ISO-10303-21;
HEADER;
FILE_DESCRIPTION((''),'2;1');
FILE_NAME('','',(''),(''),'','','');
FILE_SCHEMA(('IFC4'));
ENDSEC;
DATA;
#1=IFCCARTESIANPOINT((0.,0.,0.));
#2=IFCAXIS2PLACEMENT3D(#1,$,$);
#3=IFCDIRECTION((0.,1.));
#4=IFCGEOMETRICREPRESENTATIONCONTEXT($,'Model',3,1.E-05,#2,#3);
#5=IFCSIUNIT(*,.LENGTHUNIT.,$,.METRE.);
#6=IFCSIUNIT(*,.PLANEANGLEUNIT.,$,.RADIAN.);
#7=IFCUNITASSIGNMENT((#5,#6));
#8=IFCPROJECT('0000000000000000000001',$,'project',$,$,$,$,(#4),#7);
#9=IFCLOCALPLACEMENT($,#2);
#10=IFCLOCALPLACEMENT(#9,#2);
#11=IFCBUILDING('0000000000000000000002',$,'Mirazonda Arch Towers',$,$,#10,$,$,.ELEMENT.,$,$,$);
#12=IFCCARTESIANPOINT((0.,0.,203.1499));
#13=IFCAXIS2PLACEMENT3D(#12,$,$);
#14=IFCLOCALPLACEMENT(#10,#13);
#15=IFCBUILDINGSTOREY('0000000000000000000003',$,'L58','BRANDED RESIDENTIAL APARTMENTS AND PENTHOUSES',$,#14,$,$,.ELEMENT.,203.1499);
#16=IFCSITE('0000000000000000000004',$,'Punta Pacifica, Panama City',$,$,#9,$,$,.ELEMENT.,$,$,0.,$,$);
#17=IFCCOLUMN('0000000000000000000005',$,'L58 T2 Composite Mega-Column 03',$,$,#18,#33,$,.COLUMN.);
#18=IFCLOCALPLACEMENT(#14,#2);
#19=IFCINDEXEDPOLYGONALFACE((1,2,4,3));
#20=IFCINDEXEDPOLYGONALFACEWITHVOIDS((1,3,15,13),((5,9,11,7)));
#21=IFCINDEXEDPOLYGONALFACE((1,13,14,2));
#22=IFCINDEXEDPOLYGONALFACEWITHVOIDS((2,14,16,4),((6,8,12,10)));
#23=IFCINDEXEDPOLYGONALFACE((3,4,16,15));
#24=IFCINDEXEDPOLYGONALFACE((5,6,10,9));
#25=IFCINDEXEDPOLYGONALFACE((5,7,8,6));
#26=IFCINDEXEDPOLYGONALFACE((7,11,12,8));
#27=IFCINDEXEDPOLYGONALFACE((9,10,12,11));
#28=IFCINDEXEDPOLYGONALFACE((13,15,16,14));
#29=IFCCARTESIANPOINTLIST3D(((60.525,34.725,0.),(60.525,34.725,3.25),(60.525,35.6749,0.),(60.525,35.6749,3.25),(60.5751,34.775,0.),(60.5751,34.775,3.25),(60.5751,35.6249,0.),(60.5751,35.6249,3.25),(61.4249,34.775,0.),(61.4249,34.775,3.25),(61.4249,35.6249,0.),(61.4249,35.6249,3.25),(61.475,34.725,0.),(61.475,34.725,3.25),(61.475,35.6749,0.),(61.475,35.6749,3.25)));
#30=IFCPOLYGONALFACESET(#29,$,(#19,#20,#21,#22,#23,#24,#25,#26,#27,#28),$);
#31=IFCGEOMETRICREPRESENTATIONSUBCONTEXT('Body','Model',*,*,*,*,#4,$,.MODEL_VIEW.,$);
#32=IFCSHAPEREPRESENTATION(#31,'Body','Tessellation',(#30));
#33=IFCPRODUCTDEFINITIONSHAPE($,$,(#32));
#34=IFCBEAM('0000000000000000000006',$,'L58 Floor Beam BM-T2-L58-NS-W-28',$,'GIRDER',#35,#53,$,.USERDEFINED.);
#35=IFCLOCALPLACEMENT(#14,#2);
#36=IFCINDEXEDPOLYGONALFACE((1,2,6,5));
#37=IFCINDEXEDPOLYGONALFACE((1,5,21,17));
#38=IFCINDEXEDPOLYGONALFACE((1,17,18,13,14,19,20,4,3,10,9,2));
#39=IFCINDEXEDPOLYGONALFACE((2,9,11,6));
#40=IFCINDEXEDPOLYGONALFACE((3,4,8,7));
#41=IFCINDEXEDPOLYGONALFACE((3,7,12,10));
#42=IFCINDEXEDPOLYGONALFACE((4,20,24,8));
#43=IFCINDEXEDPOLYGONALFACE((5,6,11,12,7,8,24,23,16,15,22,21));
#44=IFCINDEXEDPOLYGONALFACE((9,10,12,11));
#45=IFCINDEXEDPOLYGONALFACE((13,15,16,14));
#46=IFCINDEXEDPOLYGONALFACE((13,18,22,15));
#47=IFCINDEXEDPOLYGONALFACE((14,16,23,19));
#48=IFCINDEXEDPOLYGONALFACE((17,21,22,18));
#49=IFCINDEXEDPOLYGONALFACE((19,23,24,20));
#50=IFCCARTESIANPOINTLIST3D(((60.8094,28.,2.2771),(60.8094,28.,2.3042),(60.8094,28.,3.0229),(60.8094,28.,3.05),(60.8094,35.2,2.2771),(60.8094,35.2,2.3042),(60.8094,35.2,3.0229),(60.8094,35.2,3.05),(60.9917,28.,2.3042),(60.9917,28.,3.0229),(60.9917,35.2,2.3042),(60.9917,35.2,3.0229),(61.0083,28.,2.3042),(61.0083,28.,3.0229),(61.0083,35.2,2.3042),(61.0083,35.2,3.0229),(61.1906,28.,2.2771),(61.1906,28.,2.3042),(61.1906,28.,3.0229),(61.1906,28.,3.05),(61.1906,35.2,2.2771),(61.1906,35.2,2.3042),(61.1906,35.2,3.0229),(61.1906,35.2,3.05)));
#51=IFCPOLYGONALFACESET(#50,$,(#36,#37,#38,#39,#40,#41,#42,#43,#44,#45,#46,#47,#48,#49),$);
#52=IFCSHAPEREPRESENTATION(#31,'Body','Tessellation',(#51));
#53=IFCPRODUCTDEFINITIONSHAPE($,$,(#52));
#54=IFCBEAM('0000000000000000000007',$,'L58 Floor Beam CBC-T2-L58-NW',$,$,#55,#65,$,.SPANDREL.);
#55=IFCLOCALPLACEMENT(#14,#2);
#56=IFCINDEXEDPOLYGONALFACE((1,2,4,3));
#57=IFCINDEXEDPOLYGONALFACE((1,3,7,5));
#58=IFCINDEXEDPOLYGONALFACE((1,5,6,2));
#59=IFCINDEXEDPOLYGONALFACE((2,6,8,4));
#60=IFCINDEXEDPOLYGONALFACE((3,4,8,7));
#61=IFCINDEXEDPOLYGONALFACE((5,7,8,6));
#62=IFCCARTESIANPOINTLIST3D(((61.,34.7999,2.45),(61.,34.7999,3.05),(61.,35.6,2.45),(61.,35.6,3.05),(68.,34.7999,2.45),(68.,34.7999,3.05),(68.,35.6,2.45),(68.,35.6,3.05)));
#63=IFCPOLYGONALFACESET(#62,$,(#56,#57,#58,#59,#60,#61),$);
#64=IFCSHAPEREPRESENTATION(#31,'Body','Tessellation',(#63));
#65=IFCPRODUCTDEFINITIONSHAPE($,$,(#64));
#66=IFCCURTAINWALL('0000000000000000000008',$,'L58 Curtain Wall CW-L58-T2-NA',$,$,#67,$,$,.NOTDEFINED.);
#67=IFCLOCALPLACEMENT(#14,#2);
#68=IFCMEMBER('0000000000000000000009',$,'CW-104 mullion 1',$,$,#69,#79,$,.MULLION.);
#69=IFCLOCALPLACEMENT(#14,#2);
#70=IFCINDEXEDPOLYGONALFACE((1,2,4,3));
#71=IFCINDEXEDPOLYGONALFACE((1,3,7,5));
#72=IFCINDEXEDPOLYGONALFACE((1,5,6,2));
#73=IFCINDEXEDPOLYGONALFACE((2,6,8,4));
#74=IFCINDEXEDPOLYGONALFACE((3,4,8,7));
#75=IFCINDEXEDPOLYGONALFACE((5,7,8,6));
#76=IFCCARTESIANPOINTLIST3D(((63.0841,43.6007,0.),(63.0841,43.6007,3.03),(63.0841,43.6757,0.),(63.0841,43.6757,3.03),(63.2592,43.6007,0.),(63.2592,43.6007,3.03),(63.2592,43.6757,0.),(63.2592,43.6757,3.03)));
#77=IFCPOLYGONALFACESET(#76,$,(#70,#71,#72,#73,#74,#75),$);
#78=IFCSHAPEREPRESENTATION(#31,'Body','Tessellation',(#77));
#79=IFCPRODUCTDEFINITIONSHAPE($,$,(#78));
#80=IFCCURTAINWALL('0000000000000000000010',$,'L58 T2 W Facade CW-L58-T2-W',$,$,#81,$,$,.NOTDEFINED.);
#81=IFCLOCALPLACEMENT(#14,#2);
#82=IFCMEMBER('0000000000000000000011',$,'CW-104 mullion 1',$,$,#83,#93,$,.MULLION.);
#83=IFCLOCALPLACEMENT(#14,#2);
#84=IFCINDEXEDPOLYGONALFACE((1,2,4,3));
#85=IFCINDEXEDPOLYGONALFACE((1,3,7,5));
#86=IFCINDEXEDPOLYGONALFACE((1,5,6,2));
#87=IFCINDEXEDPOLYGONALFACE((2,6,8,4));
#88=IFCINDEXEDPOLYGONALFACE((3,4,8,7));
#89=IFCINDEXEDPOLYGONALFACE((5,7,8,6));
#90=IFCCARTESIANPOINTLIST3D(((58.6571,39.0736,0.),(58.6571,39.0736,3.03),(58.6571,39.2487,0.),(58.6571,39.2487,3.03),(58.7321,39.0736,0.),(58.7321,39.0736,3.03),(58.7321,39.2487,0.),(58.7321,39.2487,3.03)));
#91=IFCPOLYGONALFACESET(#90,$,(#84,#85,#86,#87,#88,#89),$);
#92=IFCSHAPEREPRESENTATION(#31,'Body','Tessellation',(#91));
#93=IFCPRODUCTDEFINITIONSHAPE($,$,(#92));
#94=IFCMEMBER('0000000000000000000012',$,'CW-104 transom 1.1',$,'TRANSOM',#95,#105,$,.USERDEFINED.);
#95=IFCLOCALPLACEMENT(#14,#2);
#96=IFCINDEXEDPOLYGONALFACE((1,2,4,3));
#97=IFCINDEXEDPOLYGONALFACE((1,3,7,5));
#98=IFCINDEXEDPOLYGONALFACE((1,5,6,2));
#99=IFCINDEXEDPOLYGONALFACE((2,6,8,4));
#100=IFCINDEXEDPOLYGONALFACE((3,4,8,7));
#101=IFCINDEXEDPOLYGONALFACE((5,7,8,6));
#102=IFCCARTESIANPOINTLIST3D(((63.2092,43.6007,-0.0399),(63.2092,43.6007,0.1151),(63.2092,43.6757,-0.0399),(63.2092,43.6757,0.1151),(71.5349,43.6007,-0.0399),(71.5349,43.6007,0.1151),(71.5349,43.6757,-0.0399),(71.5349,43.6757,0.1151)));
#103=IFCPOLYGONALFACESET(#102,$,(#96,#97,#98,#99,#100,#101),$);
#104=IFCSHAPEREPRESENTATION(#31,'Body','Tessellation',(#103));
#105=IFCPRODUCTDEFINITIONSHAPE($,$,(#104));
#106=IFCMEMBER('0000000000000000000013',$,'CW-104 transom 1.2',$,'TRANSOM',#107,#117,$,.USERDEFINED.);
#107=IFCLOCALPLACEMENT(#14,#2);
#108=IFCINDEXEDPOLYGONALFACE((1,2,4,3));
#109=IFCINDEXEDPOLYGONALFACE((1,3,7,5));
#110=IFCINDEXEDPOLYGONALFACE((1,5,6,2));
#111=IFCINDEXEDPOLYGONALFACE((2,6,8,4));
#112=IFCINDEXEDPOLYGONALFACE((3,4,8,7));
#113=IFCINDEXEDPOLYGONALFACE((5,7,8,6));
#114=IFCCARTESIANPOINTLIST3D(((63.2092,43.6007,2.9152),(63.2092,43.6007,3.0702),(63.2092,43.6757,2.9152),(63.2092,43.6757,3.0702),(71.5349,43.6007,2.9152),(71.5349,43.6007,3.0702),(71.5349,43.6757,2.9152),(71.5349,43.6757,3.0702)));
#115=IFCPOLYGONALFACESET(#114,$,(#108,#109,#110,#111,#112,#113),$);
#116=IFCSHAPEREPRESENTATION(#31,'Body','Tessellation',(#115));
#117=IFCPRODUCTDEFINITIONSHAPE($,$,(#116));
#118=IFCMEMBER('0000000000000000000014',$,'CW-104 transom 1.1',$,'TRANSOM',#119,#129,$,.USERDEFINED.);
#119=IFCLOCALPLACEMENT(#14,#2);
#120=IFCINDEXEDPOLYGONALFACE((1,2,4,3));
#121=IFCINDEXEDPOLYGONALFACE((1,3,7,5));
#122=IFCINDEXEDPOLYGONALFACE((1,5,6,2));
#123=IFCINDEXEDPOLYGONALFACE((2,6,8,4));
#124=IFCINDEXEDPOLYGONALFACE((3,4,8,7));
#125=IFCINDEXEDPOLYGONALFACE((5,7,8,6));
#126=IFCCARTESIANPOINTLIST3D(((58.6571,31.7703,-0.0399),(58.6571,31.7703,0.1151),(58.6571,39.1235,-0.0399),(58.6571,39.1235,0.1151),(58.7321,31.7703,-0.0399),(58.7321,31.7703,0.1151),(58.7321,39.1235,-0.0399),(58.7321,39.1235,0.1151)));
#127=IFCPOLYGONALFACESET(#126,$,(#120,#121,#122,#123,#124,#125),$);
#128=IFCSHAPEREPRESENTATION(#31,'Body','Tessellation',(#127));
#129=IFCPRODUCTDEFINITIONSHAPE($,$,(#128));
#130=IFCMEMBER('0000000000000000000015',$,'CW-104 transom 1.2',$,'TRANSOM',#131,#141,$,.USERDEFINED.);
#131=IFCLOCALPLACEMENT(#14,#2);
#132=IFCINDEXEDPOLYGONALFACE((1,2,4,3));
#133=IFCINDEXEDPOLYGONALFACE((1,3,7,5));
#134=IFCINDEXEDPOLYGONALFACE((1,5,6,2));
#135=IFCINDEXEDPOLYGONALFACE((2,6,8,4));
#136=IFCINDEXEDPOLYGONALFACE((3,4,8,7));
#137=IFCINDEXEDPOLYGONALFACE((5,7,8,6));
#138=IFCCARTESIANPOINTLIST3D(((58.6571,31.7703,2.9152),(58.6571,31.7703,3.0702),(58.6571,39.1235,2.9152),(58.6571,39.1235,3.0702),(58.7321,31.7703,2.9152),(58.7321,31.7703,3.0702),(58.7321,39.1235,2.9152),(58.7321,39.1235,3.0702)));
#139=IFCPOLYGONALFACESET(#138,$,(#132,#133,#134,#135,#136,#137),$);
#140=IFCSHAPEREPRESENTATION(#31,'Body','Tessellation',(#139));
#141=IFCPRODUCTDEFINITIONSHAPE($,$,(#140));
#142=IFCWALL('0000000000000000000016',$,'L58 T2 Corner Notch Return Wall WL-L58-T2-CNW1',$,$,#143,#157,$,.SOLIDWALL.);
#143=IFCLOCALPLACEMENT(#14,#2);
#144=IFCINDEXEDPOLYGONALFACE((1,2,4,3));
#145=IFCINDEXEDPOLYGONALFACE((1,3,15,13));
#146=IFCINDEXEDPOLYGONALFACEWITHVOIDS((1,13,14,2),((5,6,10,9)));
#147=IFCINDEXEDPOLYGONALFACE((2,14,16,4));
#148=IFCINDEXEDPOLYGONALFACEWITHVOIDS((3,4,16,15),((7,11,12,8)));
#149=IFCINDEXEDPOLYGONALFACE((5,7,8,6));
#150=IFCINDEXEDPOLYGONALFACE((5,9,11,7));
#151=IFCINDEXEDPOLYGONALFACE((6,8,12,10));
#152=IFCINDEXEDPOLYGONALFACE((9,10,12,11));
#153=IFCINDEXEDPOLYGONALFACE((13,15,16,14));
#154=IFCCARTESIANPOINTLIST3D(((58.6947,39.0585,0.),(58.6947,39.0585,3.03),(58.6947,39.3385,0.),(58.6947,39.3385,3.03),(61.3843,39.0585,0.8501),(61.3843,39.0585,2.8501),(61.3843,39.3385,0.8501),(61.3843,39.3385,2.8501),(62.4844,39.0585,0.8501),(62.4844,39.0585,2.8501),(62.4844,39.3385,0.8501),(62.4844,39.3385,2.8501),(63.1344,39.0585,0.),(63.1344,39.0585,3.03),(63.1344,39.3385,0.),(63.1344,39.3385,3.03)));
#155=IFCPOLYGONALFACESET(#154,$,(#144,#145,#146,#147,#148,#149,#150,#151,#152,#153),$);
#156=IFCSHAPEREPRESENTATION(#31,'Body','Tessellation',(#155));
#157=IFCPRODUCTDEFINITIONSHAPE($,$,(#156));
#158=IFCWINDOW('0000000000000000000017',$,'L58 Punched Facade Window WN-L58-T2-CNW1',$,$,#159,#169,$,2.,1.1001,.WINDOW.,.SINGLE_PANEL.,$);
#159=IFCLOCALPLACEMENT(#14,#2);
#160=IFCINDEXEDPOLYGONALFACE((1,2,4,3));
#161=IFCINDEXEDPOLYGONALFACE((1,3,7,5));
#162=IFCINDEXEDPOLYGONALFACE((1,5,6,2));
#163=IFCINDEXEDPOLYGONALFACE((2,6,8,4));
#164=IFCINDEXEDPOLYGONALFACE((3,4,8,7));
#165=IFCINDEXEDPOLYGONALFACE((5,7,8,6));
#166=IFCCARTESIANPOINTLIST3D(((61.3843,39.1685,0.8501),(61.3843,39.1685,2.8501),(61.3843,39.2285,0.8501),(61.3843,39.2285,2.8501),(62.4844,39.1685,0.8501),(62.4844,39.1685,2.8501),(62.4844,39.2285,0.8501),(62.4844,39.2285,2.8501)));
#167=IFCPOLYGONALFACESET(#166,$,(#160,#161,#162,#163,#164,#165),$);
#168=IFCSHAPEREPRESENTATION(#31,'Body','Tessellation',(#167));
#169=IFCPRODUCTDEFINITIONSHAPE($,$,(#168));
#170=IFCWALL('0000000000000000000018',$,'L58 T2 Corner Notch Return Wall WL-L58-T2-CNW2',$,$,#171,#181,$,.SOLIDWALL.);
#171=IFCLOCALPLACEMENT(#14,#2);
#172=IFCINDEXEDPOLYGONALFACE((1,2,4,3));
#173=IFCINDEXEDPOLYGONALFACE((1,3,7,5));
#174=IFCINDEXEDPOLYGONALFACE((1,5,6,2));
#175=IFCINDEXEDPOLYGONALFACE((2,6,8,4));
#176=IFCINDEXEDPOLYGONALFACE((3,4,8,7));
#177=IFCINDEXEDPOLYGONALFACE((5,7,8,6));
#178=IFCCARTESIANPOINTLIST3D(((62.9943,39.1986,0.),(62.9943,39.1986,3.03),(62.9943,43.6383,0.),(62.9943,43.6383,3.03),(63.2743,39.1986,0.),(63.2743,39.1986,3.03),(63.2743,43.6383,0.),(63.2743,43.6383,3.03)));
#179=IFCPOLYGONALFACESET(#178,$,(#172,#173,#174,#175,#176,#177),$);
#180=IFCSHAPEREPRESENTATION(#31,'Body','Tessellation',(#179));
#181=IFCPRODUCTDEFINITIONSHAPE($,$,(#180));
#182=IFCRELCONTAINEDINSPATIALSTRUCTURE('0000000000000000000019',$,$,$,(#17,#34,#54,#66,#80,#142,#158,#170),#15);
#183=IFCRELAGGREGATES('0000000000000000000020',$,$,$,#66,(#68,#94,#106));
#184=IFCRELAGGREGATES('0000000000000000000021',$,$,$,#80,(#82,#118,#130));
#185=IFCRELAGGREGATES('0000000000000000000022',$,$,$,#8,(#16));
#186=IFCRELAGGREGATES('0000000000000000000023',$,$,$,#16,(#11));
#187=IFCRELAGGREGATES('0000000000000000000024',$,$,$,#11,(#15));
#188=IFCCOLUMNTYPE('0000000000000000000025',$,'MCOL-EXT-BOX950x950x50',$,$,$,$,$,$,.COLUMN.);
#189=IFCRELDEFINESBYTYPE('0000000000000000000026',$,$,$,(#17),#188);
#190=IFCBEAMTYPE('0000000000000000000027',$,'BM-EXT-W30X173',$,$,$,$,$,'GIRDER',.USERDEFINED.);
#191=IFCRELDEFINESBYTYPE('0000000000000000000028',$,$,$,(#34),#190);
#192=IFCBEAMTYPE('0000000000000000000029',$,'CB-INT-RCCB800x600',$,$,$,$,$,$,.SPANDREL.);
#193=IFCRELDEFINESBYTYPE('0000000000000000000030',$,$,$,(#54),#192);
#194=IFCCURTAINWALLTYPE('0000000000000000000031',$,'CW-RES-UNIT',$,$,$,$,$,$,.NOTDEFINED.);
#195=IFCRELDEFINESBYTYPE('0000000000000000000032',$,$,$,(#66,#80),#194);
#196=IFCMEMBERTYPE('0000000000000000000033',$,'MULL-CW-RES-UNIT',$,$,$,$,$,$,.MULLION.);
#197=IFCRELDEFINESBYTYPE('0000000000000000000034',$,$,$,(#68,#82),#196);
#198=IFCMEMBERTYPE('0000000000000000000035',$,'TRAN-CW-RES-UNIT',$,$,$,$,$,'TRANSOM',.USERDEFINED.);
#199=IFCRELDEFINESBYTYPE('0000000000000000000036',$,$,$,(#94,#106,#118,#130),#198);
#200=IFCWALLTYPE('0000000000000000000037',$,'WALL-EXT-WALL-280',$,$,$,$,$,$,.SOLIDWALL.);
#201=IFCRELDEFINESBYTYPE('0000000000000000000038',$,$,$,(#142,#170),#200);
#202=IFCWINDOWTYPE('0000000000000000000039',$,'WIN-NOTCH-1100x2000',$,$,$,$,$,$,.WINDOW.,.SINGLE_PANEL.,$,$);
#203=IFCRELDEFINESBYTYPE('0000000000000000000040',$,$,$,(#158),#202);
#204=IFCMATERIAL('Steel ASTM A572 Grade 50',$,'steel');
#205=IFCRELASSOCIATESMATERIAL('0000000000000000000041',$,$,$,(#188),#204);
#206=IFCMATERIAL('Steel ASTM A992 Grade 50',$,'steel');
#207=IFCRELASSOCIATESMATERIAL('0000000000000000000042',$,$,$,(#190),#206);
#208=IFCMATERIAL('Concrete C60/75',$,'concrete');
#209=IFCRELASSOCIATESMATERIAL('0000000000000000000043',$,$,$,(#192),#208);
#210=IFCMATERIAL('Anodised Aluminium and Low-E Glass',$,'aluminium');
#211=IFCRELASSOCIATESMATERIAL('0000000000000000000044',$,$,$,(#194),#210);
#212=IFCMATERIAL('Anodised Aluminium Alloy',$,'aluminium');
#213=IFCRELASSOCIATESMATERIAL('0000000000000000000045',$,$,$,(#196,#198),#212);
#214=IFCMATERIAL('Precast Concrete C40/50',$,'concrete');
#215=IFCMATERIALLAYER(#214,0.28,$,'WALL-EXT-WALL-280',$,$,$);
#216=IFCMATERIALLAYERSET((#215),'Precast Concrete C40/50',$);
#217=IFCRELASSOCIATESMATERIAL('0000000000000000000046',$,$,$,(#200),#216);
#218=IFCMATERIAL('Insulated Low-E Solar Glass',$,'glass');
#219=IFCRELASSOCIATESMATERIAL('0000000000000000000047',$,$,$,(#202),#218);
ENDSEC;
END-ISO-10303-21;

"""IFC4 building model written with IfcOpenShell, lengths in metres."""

from ifc_helpers import new_model, si_unit, direction, frame, frame_2d, origin, origin_2d, place, context, subcontext, project, spatial, rectangle, hollow_rectangle, i_section, extrude, material, layer, layer_set, material_profile, profile_set, type_object, element, fill, aggregate, save


model = new_model("IFC4")

# Units and contexts
model_context = context("Model", 3, precision=1e-05, world=origin(), true_north=direction((0.0, 1.0)))
body_context = subcontext(model_context, "Body", "Model", "MODEL_VIEW")
ifc_project = project(units=[si_unit("LENGTHUNIT", "METRE"), si_unit("PLANEANGLEUNIT", "RADIAN")], contexts=[model_context])

# Site, building, storey
site_placement = place(None, origin())
site = spatial("IfcSite", under=ifc_project, at=site_placement, Name="Punta Pacifica, Panama City", CompositionType="ELEMENT", RefElevation=0.0)
building_placement = place(site_placement, origin())
building = spatial("IfcBuilding", under=site, at=building_placement, Name="Mirazonda Arch Towers", CompositionType="ELEMENT")
storey_placement = place(building_placement, frame((0.0, 0.0, 203.1499)))
storey = spatial("IfcBuildingStorey", under=building, at=storey_placement, Name="L58", Description="BRANDED RESIDENTIAL APARTMENTS AND PENTHOUSES", CompositionType="ELEMENT", Elevation=203.1499)

# Column
ifc_material_1 = material(Name="Steel ASTM A572 Grade 50", Category="steel")
ifc_material_profile_1 = material_profile(ifc_material_1, hollow_rectangle(XDim=0.95, YDim=0.95, WallThickness=0.05, at=origin_2d()), Name="BOX950x950x50")
ifc_profile_set_1 = profile_set([ifc_material_profile_1], Name="Steel ASTM A572 Grade 50")
column_type = type_object("IfcColumnType", Name="MCOL-EXT-BOX950x950x50", PredefinedType="COLUMN", material=ifc_profile_set_1)
column_placement = place(storey_placement, frame((61.0, 35.2, 0.0), z_axis=(0.0, 0.0, 1.0), x_axis=(1.0, 0.0, 0.0)))
element("IfcColumn", 1, at=column_placement, inside=storey, type_object=column_type, Name="L58 T2 Composite Mega-Column 03", PredefinedType="COLUMN", context=body_context, shape_type="SweptSolid", body=[
    extrude(hollow_rectangle(XDim=0.95, YDim=0.95, WallThickness=0.05, at=origin_2d()), origin(), (0.0, 0.0, 1.0), 3.25),
])

# Beams
ifc_material_2 = material(Name="Steel ASTM A992 Grade 50", Category="steel")
ifc_material_profile_2 = material_profile(ifc_material_2, i_section(OverallWidth=0.3811, OverallDepth=0.7729, WebThickness=0.0166, FlangeThickness=0.0271, at=origin_2d()), Name="W30X173")
ifc_profile_set_2 = profile_set([ifc_material_profile_2], Name="Steel ASTM A992 Grade 50")
beam_type_1 = type_object("IfcBeamType", Name="BM-EXT-W30X173", ElementType="GIRDER", PredefinedType="USERDEFINED", material=ifc_profile_set_2)
beam_1_placement = place(storey_placement, frame((61.0, 28.0, 2.6636), z_axis=(0.0, 1.0, 0.0), x_axis=(-1.0, 0.0, 0.0)))
element("IfcBeam", 2, at=beam_1_placement, inside=storey, type_object=beam_type_1, Name="L58 Floor Beam BM-T2-L58-NS-W-28", ObjectType="GIRDER", PredefinedType="USERDEFINED", context=body_context, shape_type="SweptSolid", body=[
    extrude(i_section(OverallWidth=0.3811, OverallDepth=0.7729, WebThickness=0.0166, FlangeThickness=0.0271, at=origin_2d()), origin(), (0.0, 0.0, 1.0), 7.2),
])
ifc_material_3 = material(Name="Concrete C60/75", Category="concrete")
ifc_material_profile_3 = material_profile(ifc_material_3, rectangle(XDim=0.8, YDim=0.6001, at=origin_2d()), Name="RCCB800x600")
ifc_profile_set_3 = profile_set([ifc_material_profile_3], Name="Concrete C60/75")
beam_type_2 = type_object("IfcBeamType", Name="CB-INT-RCCB800x600", PredefinedType="SPANDREL", material=ifc_profile_set_3)
beam_2_placement = place(storey_placement, frame((61.0, 35.2, 2.75), z_axis=(1.0, 0.0, 0.0), x_axis=(0.0, 1.0, 0.0)))
element("IfcBeam", 3, at=beam_2_placement, inside=storey, type_object=beam_type_2, Name="L58 Floor Beam CBC-T2-L58-NW", PredefinedType="SPANDREL", context=body_context, shape_type="SweptSolid", body=[
    extrude(rectangle(XDim=0.8, YDim=0.6001, at=origin_2d()), origin(), (0.0, 0.0, 1.0), 7.0),
])

# Curtain walls, members
ifc_material_4 = material(Name="Anodised Aluminium and Low-E Glass", Category="aluminium")
curtain_wall_type = type_object("IfcCurtainWallType", Name="CW-RES-UNIT", PredefinedType="NOTDEFINED", material=ifc_material_4)
curtain_wall_1_placement = place(storey_placement, origin())
curtain_wall_1 = element("IfcCurtainWall", 4, at=curtain_wall_1_placement, inside=storey, type_object=curtain_wall_type, Name="L58 Curtain Wall CW-L58-T2-NA", PredefinedType="NOTDEFINED")
ifc_material_5 = material(Name="Anodised Aluminium Alloy", Category="aluminium")
ifc_material_profile_4 = material_profile(ifc_material_5, rectangle(XDim=0.075, YDim=0.175, at=origin_2d()), Name="ALU-MULL-75x175")
ifc_profile_set_4 = profile_set([ifc_material_profile_4], Name="Anodised Aluminium Alloy")
member_type_1 = type_object("IfcMemberType", Name="MULL-CW-RES-UNIT", PredefinedType="MULLION", material=ifc_profile_set_4)
member_1_placement = place(storey_placement, frame((63.1716, 43.6382, 0.0), z_axis=(0.0, 0.0, 1.0), x_axis=(0.0, 1.0, 0.0)))
member_1 = element("IfcMember", 5, at=member_1_placement, type_object=member_type_1, Name="CW-104 mullion 1", PredefinedType="MULLION", context=body_context, shape_type="SweptSolid", body=[
    extrude(rectangle(XDim=0.075, YDim=0.175, at=origin_2d()), origin(), (0.0, 0.0, 1.0), 3.03),
])
curtain_wall_2_placement = place(storey_placement, origin())
curtain_wall_2 = element("IfcCurtainWall", 6, at=curtain_wall_2_placement, inside=storey, type_object=curtain_wall_type, Name="L58 T2 W Facade CW-L58-T2-W", PredefinedType="NOTDEFINED")
member_2_placement = place(storey_placement, frame((58.6946, 39.1611, 0.0), z_axis=(0.0, 0.0, 1.0), x_axis=(1.0, 0.0, 0.0)))
member_2 = element("IfcMember", 7, at=member_2_placement, type_object=member_type_1, Name="CW-104 mullion 1", PredefinedType="MULLION", context=body_context, shape_type="SweptSolid", body=[
    extrude(rectangle(XDim=0.075, YDim=0.175, at=origin_2d()), origin(), (0.0, 0.0, 1.0), 3.03),
])

# Members
ifc_material_profile_5 = material_profile(ifc_material_5, rectangle(XDim=0.075, YDim=0.155, at=origin_2d()), Name="ALU-TRAN-75x155")
ifc_profile_set_5 = profile_set([ifc_material_profile_5], Name="Anodised Aluminium Alloy")
member_type_2 = type_object("IfcMemberType", Name="TRAN-CW-RES-UNIT", ElementType="TRANSOM", PredefinedType="USERDEFINED", material=ifc_profile_set_5)
member_3_placement = place(storey_placement, frame((63.2092, 43.6382, 0.0376), z_axis=(1.0, 0.0, 0.0), x_axis=(0.0, 1.0, 0.0)))
member_3 = element("IfcMember", 8, at=member_3_placement, type_object=member_type_2, Name="CW-104 transom 1.1", ObjectType="TRANSOM", PredefinedType="USERDEFINED", context=body_context, shape_type="SweptSolid", body=[
    extrude(rectangle(XDim=0.075, YDim=0.155, at=origin_2d()), origin(), (0.0, 0.0, 1.0), 8.3257),
])
member_4_placement = place(storey_placement, frame((63.2092, 43.6382, 2.9927), z_axis=(1.0, 0.0, 0.0), x_axis=(0.0, 1.0, 0.0)))
member_4 = element("IfcMember", 9, at=member_4_placement, type_object=member_type_2, Name="CW-104 transom 1.2", ObjectType="TRANSOM", PredefinedType="USERDEFINED", context=body_context, shape_type="SweptSolid", body=[
    extrude(rectangle(XDim=0.075, YDim=0.155, at=origin_2d()), origin(), (0.0, 0.0, 1.0), 8.3257),
])
aggregate(curtain_wall_1, [member_1, member_3, member_4])
member_5_placement = place(storey_placement, frame((58.6946, 39.1235, 0.0376), z_axis=(0.0, -1.0, 0.0), x_axis=(1.0, 0.0, 0.0)))
member_5 = element("IfcMember", 10, at=member_5_placement, type_object=member_type_2, Name="CW-104 transom 1.1", ObjectType="TRANSOM", PredefinedType="USERDEFINED", context=body_context, shape_type="SweptSolid", body=[
    extrude(rectangle(XDim=0.075, YDim=0.155, at=origin_2d()), origin(), (0.0, 0.0, 1.0), 7.3533),
])
member_6_placement = place(storey_placement, frame((58.6946, 39.1235, 2.9927), z_axis=(0.0, -1.0, 0.0), x_axis=(1.0, 0.0, 0.0)))
member_6 = element("IfcMember", 11, at=member_6_placement, type_object=member_type_2, Name="CW-104 transom 1.2", ObjectType="TRANSOM", PredefinedType="USERDEFINED", context=body_context, shape_type="SweptSolid", body=[
    extrude(rectangle(XDim=0.075, YDim=0.155, at=origin_2d()), origin(), (0.0, 0.0, 1.0), 7.3533),
])
aggregate(curtain_wall_2, [member_2, member_5, member_6])

# Wall, opening, window
ifc_material_6 = material(Name="Precast Concrete C40/50", Category="concrete")
ifc_layer_1 = layer(ifc_material_6, 0.28, Name="WALL-EXT-WALL-280")
ifc_layer_set_1 = layer_set([ifc_layer_1], Name="Precast Concrete C40/50")
wall_type_1 = type_object("IfcWallType", Name="WALL-EXT-WALL-280", PredefinedType="SOLIDWALL", material=ifc_layer_set_1)
wall_1_placement = place(storey_placement, frame((63.1343, 39.1985, 0.0), z_axis=(0.0, 0.0, 1.0), x_axis=(-1.0, 0.0, 0.0)))
wall_1 = element("IfcWall", 12, at=wall_1_placement, inside=storey, type_object=wall_type_1, Name="L58 T2 Corner Notch Return Wall WL-L58-T2-CNW1", PredefinedType="SOLIDWALL", context=body_context, shape_type="SweptSolid", body=[
    extrude(rectangle(XDim=4.4397, YDim=0.28, at=frame_2d((2.2197, 0.0))), origin(), (0.0, 0.0, 1.0), 3.03),
])
opening_placement = place(wall_1_placement, frame((0.6499, 0.0, 0.8501)))
opening = element("IfcOpeningElement", 13, at=opening_placement, cuts=wall_1, PredefinedType="OPENING", context=body_context, shape_type="SweptSolid", body=[
    extrude(rectangle(XDim=1.1001, YDim=2.0, at=frame_2d((0.55, 1.0))), frame((0.0, 0.1499, 0.0), z_axis=(0.0, -1.0, 0.0), x_axis=(1.0, 0.0, 0.0)), (0.0, 0.0, 1.0), 0.3),
])
ifc_material_7 = material(Name="Insulated Low-E Solar Glass", Category="glass")
window_type = type_object("IfcWindowType", Name="WIN-NOTCH-1100x2000", PartitioningType="SINGLE_PANEL", PredefinedType="WINDOW", material=ifc_material_7)
window_placement = place(opening_placement, origin())
window = element("IfcWindow", 14, at=window_placement, inside=storey, type_object=window_type, Name="L58 Punched Facade Window WN-L58-T2-CNW1", OverallHeight=2.0, OverallWidth=1.1001, PartitioningType="SINGLE_PANEL", PredefinedType="WINDOW", context=body_context, shape_type="SweptSolid", body=[
    extrude(rectangle(XDim=1.1001, YDim=2.0, at=frame_2d((0.55, 1.0))), frame((0.0, 0.03, 0.0), z_axis=(0.0, -1.0, 0.0), x_axis=(1.0, 0.0, 0.0)), (0.0, 0.0, 1.0), 0.0601),
])
fill(opening, window)

# Wall
wall_2_placement = place(storey_placement, frame((63.1343, 43.6382, 0.0), z_axis=(0.0, 0.0, 1.0), x_axis=(0.0, -1.0, 0.0)))
element("IfcWall", 15, at=wall_2_placement, inside=storey, type_object=wall_type_1, Name="L58 T2 Corner Notch Return Wall WL-L58-T2-CNW2", PredefinedType="SOLIDWALL", context=body_context, shape_type="SweptSolid", body=[
    extrude(rectangle(XDim=4.4397, YDim=0.28, at=frame_2d((2.2197, 0.0))), origin(), (0.0, 0.0, 1.0), 3.03),
])

save(model, "model.ifc")
